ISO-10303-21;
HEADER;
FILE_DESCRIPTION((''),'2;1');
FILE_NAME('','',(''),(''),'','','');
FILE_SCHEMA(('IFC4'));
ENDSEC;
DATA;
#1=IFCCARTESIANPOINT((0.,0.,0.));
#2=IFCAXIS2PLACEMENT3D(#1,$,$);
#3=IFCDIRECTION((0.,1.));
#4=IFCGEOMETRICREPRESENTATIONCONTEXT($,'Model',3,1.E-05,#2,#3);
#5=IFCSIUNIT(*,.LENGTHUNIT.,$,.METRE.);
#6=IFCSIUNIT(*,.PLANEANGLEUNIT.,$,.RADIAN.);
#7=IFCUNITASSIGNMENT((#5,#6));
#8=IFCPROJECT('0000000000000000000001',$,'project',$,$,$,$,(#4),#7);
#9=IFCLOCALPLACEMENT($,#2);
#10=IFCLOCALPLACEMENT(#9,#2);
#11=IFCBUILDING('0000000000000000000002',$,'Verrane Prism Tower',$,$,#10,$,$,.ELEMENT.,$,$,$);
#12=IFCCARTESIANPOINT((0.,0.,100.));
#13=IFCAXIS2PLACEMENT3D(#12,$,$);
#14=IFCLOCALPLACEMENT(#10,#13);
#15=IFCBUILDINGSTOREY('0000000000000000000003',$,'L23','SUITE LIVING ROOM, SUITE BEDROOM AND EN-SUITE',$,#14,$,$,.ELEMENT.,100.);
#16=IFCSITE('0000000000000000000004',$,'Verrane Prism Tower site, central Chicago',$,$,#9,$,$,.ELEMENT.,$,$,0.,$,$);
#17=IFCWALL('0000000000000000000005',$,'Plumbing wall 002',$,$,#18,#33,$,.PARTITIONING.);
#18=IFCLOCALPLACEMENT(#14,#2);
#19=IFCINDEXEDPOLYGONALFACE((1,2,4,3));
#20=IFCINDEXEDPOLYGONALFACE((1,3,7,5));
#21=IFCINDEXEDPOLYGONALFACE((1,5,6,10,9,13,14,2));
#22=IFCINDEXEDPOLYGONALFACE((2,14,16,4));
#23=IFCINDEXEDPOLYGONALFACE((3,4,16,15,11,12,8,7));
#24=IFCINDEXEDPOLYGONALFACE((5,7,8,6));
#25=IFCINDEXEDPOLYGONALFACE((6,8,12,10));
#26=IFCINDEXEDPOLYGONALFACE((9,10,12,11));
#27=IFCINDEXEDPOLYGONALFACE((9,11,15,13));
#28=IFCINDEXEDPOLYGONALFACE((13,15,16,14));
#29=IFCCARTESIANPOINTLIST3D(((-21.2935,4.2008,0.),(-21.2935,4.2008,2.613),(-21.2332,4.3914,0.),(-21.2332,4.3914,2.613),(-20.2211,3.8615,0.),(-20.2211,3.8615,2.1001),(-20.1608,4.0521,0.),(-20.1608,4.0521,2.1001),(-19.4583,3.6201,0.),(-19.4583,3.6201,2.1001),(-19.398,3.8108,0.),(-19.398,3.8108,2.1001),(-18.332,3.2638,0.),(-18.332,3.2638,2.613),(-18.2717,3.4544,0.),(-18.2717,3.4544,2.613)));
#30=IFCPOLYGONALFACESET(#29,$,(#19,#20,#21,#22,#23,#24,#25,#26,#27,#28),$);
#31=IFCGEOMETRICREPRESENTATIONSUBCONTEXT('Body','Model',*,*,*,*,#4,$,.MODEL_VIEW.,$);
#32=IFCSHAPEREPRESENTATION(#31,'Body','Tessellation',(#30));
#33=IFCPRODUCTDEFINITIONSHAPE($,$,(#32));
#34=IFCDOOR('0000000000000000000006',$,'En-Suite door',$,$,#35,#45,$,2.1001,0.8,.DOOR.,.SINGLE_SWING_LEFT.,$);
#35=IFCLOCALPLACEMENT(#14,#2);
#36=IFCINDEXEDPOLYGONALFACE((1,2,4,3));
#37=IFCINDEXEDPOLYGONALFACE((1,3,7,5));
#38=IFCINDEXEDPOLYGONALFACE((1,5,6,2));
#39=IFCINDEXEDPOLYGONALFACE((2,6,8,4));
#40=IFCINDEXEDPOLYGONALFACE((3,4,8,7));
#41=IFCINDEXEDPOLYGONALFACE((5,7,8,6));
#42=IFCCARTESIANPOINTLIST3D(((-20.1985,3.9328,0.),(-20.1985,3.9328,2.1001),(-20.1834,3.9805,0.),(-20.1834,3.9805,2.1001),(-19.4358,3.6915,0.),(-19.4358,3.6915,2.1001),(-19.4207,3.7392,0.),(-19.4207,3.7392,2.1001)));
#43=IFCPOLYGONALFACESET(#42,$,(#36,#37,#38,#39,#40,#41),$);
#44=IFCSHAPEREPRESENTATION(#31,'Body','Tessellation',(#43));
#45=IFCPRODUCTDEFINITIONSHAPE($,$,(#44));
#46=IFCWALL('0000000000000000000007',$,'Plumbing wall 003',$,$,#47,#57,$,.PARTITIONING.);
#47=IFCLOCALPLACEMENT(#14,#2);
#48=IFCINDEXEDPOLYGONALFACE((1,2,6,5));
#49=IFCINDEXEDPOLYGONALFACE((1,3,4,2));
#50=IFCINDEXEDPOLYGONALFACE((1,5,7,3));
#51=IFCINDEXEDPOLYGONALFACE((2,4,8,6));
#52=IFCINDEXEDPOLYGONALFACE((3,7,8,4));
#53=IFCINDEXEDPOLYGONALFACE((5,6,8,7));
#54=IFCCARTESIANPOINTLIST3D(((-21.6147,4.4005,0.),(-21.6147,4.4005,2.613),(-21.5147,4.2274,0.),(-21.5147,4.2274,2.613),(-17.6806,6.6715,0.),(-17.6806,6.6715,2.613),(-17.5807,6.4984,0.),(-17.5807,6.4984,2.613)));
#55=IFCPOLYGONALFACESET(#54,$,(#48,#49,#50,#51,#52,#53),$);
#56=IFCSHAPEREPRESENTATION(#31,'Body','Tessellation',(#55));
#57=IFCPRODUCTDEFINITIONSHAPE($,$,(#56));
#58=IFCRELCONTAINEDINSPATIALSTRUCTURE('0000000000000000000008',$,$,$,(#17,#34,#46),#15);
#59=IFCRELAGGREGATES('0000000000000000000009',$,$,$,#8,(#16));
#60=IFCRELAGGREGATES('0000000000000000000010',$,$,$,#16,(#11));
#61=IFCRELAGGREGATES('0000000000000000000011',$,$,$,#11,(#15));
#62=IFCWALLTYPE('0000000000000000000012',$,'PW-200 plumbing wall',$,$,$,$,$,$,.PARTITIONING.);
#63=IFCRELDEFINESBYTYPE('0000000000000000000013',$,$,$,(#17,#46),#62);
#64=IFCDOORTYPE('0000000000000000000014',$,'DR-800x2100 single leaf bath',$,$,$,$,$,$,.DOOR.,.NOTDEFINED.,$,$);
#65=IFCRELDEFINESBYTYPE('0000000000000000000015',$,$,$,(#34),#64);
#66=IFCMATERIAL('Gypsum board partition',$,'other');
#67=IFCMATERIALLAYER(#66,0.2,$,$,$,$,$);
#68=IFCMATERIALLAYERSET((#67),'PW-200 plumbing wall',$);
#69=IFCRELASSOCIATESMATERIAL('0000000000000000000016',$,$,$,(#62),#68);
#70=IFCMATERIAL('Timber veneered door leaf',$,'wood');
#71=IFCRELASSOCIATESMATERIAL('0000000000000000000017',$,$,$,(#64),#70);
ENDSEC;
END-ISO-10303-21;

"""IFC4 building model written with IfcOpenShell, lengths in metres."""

from ifc_helpers import new_model, si_unit, direction, frame, frame_2d, origin, place, context, subcontext, project, spatial, rectangle, extrude, material, layer, layer_set, type_object, element, fill, save


model = new_model("IFC4")

# Units and contexts
model_context = context("Model", 3, precision=1e-05, world=origin(), true_north=direction((0.0, 1.0)))
body_context = subcontext(model_context, "Body", "Model", "MODEL_VIEW")
ifc_project = project(units=[si_unit("LENGTHUNIT", "METRE"), si_unit("PLANEANGLEUNIT", "RADIAN")], contexts=[model_context])

# Site, building, storey
site_placement = place(None, origin())
site = spatial("IfcSite", under=ifc_project, at=site_placement, Name="Verrane Prism Tower site, central Chicago", CompositionType="ELEMENT", RefElevation=0.0)
building_placement = place(site_placement, origin())
building = spatial("IfcBuilding", under=site, at=building_placement, Name="Verrane Prism Tower", CompositionType="ELEMENT")
storey_placement = place(building_placement, frame((0.0, 0.0, 100.0)))
storey = spatial("IfcBuildingStorey", under=building, at=storey_placement, Name="L23", Description="SUITE LIVING ROOM, SUITE BEDROOM AND EN-SUITE", CompositionType="ELEMENT", Elevation=100.0)

# Wall, opening, door
ifc_material_1 = material(Name="Gypsum board partition", Category="other")
ifc_layer_1 = layer(ifc_material_1, 0.2)
ifc_layer_set_1 = layer_set([ifc_layer_1], Name="PW-200 plumbing wall")
wall_type_1 = type_object("IfcWallType", Name="PW-200 plumbing wall", PredefinedType="PARTITIONING", material=ifc_layer_set_1)
wall_1_placement = place(storey_placement, frame((-21.2634, 4.2961, 0.0), z_axis=(0.0, 0.0, 1.0), x_axis=(0.953414, -0.301665, 0.0)))
wall_1 = element("IfcWall", 1, at=wall_1_placement, inside=storey, type_object=wall_type_1, Name="Plumbing wall 002", PredefinedType="PARTITIONING", context=body_context, shape_type="SweptSolid", body=[
    extrude(rectangle(XDim=3.1062, YDim=0.2, at=frame_2d((1.5532, 0.0))), origin(), (0.0, 0.0, 1.0), 2.613),
])
opening_1_placement = place(wall_1_placement, frame((1.125, 0.0, 0.0)))
opening_1 = element("IfcOpeningElement", 2, at=opening_1_placement, cuts=wall_1, PredefinedType="OPENING", context=body_context, shape_type="SweptSolid", body=[
    extrude(rectangle(XDim=0.8, YDim=2.1001, at=frame_2d((0.3999, 1.05))), frame((0.0, 0.1099, 0.0), z_axis=(0.0, -1.0, 0.0), x_axis=(1.0, 0.0, 0.0)), (0.0, 0.0, 1.0), 0.22),
])
ifc_material_2 = material(Name="Timber veneered door leaf", Category="wood")
door_type_1 = type_object("IfcDoorType", Name="DR-800x2100 single leaf bath", OperationType="NOTDEFINED", PredefinedType="DOOR", material=ifc_material_2)
door_1_placement = place(opening_1_placement, origin())
door_1 = element("IfcDoor", 3, at=door_1_placement, inside=storey, type_object=door_type_1, Name="En-Suite door", OperationType="SINGLE_SWING_LEFT", OverallHeight=2.1001, OverallWidth=0.8, PredefinedType="DOOR", context=body_context, shape_type="SweptSolid", body=[
    extrude(rectangle(XDim=0.8, YDim=2.1001, at=frame_2d((0.3999, 1.05))), frame((0.0, 0.0249, 0.0), z_axis=(0.0, -1.0, 0.0), x_axis=(1.0, 0.0, 0.0)), (0.0, 0.0, 1.0), 0.05),
])
fill(opening_1, door_1)

# Wall
wall_2_placement = place(storey_placement, frame((-21.5647, 4.314, 0.0), z_axis=(0.0, 0.0, 1.0), x_axis=(0.866059, 0.499943, 0.0)))
element("IfcWall", 4, at=wall_2_placement, inside=storey, type_object=wall_type_1, Name="Plumbing wall 003", PredefinedType="PARTITIONING", context=body_context, shape_type="SweptSolid", body=[
    extrude(rectangle(XDim=4.5425, YDim=0.2, at=frame_2d((2.2712, 0.0))), origin(), (0.0, 0.0, 1.0), 2.613),
])

save(model, "model.ifc")
